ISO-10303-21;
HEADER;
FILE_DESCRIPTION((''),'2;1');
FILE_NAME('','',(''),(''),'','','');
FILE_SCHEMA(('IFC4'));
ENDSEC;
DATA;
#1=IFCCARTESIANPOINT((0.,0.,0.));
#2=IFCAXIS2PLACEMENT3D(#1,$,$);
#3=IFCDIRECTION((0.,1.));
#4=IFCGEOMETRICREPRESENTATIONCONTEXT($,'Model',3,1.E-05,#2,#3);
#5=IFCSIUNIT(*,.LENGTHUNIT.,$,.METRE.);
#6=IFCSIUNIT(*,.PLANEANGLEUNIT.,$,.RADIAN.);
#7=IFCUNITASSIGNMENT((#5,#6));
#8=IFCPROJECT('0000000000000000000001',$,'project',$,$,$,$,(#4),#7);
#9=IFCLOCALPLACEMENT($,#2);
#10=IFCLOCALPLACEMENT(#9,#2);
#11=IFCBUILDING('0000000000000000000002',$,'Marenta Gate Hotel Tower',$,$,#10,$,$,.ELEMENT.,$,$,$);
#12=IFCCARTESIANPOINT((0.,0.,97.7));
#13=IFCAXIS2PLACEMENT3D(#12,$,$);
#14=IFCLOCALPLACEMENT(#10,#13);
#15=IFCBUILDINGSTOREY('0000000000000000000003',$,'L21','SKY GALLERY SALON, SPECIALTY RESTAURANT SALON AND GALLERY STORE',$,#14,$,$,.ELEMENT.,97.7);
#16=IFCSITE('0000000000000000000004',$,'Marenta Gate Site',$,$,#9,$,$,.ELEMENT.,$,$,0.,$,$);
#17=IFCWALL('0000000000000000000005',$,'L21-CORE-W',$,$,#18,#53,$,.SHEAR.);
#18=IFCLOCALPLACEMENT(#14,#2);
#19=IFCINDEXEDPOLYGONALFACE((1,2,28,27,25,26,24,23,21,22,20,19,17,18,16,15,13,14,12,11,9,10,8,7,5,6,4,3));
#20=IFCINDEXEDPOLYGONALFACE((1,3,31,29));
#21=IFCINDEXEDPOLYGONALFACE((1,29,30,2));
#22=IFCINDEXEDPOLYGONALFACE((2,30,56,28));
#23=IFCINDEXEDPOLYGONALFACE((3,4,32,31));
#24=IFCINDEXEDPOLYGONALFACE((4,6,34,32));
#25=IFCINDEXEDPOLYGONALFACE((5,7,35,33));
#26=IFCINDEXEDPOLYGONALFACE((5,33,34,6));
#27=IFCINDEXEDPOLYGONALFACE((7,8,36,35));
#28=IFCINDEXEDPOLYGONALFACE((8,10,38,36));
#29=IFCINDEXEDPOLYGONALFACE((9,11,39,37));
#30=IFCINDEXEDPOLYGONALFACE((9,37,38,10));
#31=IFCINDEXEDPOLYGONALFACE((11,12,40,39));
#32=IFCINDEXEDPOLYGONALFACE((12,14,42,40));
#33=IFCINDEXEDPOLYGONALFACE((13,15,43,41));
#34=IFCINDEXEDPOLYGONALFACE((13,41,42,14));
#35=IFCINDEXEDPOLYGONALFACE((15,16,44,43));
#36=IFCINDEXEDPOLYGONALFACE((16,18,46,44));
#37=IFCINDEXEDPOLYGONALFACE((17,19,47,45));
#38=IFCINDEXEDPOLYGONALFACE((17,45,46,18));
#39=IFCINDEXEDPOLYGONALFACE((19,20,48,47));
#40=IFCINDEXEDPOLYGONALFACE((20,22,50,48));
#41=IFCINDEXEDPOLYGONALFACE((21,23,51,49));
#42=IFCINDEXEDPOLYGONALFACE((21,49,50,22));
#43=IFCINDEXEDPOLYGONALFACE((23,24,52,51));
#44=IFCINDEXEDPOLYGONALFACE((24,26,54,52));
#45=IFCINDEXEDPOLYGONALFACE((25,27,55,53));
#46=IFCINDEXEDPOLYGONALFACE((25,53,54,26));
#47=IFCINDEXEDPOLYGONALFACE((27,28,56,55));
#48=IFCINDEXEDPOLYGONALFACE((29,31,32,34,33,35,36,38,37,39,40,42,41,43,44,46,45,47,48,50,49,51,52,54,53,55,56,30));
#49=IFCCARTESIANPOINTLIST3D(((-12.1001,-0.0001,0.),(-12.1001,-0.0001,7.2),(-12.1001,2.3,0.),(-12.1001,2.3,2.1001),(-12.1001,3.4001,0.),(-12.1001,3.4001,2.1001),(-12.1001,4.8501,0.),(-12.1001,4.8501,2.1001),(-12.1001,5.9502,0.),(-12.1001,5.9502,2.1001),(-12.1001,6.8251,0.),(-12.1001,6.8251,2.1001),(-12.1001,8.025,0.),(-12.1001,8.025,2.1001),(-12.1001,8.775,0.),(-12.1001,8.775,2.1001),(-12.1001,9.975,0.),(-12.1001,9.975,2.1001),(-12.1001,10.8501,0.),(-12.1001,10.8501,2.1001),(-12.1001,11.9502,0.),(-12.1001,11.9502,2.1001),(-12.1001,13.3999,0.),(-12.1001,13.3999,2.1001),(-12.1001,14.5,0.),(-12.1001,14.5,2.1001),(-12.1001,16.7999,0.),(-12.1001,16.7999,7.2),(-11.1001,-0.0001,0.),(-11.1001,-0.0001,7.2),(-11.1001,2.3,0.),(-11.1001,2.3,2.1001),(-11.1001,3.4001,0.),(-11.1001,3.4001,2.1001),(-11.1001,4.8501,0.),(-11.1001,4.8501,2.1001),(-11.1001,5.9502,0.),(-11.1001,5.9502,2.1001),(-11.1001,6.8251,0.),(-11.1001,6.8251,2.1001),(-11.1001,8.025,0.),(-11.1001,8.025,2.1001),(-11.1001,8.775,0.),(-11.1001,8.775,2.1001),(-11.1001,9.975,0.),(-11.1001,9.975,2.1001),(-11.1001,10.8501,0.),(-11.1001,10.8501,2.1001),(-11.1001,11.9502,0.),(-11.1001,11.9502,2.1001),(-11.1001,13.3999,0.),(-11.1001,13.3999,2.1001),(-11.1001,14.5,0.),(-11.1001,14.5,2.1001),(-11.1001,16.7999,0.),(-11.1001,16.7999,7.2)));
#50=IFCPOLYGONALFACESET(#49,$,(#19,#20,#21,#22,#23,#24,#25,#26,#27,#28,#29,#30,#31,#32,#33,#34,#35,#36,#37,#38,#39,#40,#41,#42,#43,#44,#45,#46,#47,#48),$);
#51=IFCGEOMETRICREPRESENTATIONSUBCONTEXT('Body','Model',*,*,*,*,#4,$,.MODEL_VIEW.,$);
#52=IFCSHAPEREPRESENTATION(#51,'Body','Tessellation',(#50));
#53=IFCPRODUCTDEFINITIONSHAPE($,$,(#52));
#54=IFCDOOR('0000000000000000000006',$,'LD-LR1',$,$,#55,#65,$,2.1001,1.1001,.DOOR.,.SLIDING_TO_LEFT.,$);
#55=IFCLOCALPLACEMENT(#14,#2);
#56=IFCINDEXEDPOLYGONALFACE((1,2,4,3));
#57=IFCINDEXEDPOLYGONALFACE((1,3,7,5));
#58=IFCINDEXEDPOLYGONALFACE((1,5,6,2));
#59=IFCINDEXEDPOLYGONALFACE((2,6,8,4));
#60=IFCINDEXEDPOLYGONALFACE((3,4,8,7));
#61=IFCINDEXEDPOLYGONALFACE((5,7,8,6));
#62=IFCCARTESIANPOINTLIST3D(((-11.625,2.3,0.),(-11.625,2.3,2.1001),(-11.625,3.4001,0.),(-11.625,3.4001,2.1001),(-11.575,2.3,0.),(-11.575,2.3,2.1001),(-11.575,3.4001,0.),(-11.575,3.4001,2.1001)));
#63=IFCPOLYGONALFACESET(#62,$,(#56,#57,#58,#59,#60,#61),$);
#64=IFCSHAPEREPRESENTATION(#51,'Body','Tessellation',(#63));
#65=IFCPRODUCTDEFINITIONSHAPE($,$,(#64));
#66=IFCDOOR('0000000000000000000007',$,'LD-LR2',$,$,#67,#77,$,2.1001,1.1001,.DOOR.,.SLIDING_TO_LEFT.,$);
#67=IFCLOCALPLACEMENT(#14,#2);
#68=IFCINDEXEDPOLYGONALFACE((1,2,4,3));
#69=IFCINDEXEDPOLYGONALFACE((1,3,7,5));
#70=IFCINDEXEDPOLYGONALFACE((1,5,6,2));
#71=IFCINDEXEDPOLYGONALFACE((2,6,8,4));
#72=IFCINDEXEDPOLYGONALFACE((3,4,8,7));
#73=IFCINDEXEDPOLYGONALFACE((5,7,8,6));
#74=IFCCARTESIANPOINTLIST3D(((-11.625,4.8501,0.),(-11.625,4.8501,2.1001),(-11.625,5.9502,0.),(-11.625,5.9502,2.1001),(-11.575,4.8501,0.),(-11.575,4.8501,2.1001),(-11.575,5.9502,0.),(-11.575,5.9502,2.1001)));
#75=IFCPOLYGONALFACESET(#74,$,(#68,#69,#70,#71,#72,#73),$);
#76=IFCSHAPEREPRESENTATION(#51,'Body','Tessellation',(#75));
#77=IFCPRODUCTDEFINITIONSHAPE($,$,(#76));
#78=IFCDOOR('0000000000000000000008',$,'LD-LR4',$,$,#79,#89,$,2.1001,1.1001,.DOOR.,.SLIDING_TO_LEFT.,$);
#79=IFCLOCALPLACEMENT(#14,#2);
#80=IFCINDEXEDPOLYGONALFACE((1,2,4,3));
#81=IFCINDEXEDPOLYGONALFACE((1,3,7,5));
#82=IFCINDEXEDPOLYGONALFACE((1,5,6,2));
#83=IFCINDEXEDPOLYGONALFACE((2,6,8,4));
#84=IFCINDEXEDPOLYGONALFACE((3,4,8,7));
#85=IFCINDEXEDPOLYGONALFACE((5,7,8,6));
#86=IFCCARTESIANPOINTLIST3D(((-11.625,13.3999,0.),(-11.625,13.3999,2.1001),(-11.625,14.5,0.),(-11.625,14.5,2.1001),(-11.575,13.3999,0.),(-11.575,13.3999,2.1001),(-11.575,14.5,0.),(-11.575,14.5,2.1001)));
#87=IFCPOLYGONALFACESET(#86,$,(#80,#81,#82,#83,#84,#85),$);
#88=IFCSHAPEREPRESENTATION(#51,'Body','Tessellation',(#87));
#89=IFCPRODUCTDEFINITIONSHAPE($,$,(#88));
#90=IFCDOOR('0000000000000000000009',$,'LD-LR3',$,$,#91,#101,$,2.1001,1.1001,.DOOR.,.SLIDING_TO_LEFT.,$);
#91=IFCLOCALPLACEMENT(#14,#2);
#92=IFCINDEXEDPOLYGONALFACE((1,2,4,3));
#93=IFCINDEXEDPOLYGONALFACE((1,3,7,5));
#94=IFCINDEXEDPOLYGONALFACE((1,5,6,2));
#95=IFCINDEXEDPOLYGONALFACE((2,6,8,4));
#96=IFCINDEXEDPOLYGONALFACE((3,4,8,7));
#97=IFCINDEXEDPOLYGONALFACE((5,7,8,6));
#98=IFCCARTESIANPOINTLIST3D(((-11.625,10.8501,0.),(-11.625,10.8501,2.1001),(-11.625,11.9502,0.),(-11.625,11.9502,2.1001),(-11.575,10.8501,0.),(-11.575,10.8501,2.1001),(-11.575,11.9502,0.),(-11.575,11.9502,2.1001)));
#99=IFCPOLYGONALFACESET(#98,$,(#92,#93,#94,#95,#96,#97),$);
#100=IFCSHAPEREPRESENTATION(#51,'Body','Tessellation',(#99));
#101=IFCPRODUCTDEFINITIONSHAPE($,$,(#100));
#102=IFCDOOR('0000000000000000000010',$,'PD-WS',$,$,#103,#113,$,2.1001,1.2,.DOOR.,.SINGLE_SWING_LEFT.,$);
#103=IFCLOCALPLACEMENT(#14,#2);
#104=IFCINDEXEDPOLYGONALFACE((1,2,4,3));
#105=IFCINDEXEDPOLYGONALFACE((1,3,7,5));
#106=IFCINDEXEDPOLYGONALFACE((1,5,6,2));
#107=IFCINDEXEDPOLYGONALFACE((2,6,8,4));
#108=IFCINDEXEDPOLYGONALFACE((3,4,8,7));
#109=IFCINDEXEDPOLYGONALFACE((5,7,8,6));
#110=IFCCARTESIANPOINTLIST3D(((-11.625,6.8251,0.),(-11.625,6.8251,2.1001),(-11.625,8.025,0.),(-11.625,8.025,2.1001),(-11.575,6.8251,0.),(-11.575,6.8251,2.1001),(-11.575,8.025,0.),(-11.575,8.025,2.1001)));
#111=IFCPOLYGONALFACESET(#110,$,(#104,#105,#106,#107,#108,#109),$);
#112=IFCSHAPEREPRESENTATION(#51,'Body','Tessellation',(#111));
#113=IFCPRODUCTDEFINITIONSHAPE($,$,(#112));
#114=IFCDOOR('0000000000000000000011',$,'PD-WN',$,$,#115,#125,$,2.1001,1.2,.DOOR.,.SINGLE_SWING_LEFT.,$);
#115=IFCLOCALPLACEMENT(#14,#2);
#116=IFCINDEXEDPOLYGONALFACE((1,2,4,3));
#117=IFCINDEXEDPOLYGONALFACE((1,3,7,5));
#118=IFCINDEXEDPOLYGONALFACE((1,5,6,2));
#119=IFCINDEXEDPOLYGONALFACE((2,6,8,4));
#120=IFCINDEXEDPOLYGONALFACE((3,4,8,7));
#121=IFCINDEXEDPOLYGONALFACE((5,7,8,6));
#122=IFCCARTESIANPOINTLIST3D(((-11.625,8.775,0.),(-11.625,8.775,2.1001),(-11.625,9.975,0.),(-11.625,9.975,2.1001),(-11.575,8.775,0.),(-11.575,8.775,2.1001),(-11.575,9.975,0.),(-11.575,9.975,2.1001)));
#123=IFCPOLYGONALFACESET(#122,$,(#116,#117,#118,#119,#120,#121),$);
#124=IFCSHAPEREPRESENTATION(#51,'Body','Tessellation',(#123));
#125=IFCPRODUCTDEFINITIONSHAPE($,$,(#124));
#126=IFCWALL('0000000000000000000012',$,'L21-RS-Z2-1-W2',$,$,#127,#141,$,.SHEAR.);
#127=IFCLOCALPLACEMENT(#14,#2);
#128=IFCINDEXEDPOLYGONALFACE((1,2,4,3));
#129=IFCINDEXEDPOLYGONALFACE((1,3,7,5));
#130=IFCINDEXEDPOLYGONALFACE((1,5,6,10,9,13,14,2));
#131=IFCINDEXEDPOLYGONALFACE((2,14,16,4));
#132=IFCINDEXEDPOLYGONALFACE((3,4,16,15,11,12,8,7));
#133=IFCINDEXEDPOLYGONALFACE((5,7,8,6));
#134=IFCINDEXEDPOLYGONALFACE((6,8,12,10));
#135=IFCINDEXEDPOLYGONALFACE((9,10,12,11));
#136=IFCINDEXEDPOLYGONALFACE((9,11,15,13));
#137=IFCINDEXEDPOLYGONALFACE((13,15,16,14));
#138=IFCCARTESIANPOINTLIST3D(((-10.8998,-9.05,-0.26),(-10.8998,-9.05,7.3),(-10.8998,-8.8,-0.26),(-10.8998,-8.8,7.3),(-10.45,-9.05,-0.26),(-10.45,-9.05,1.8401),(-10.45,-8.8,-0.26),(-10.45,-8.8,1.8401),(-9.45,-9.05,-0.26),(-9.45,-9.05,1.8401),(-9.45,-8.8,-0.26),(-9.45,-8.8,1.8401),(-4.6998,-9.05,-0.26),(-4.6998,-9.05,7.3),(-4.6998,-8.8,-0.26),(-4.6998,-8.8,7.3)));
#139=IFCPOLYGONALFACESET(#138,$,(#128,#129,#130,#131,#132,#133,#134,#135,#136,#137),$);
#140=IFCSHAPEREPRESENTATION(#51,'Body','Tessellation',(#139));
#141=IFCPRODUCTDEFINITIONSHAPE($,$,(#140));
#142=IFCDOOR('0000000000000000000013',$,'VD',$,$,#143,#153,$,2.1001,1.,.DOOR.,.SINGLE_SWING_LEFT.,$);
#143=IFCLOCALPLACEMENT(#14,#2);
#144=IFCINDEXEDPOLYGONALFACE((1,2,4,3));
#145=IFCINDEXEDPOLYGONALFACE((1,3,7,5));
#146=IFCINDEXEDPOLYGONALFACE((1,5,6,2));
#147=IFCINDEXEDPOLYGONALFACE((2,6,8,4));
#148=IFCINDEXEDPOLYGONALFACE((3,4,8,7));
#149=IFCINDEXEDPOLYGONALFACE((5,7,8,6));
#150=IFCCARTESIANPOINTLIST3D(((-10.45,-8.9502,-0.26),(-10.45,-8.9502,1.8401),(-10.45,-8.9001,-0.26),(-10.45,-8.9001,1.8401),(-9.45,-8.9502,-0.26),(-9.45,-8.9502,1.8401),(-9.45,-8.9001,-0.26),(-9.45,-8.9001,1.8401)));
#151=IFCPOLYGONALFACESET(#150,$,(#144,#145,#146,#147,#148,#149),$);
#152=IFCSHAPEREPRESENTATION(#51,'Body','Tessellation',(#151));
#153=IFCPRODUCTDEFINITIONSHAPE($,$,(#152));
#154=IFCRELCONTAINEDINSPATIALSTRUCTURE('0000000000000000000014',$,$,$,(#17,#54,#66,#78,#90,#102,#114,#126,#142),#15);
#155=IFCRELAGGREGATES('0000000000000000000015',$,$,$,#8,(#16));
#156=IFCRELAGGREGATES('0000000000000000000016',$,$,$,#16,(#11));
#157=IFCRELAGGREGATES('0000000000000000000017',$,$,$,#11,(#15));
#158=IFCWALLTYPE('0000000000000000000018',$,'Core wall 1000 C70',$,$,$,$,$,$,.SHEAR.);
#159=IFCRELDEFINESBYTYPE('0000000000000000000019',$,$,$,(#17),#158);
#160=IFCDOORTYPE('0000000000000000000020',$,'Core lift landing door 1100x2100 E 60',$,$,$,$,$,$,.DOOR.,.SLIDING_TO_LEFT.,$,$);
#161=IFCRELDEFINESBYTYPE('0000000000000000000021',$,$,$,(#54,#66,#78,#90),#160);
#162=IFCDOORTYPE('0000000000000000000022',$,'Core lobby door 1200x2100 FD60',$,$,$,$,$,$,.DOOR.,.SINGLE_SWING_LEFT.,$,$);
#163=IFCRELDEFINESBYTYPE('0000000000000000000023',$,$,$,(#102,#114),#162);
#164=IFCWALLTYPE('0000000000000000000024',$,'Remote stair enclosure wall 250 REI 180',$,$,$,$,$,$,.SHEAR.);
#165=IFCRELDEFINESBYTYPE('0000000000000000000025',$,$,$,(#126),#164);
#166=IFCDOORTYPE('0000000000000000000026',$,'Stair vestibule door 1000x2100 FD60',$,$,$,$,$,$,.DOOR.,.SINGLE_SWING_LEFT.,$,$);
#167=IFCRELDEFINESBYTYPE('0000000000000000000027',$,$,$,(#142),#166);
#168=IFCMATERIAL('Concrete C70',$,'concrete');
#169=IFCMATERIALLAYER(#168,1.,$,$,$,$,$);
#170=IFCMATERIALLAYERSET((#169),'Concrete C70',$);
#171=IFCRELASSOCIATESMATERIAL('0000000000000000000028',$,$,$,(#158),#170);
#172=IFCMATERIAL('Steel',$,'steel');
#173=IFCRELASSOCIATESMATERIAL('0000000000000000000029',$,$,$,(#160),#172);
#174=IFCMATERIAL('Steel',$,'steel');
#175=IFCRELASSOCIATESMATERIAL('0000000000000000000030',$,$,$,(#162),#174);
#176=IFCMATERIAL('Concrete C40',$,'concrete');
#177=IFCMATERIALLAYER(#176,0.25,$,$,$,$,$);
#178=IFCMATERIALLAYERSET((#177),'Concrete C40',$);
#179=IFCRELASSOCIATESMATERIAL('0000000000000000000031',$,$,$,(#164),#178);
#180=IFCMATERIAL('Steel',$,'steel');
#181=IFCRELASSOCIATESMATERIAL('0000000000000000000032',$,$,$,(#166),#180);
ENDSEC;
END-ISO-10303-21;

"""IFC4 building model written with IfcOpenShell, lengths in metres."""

from ifc_helpers import new_model, si_unit, direction, frame, frame_2d, origin, place, context, subcontext, project, spatial, rectangle, extrude, material, layer, layer_set, type_object, element, fill, save


model = new_model("IFC4")

# Units and contexts
model_context = context("Model", 3, precision=1e-05, world=origin(), true_north=direction((0.0, 1.0)))
body_context = subcontext(model_context, "Body", "Model", "MODEL_VIEW")
ifc_project = project(units=[si_unit("LENGTHUNIT", "METRE"), si_unit("PLANEANGLEUNIT", "RADIAN")], contexts=[model_context])

# Site, building, storey
site_placement = place(None, origin())
site = spatial("IfcSite", under=ifc_project, at=site_placement, Name="Marenta Gate Site", CompositionType="ELEMENT", RefElevation=0.0)
building_placement = place(site_placement, origin())
building = spatial("IfcBuilding", under=site, at=building_placement, Name="Marenta Gate Hotel Tower", CompositionType="ELEMENT")
storey_placement = place(building_placement, frame((0.0, 0.0, 97.7)))
storey = spatial("IfcBuildingStorey", under=building, at=storey_placement, Name="L21", Description="SKY GALLERY SALON, SPECIALTY RESTAURANT SALON AND GALLERY STORE", CompositionType="ELEMENT", Elevation=97.7)

# Wall, openings, doors
ifc_material_1 = material(Name="Concrete C70", Category="concrete")
ifc_layer_1 = layer(ifc_material_1, 1.0)
ifc_layer_set_1 = layer_set([ifc_layer_1], Name="Concrete C70")
wall_type_1 = type_object("IfcWallType", Name="Core wall 1000 C70", PredefinedType="SHEAR", material=ifc_layer_set_1)
wall_1_placement = place(storey_placement, frame((-11.6001, 0.0, 0.0), z_axis=(0.0, 0.0, 1.0), x_axis=(0.0, 1.0, 0.0)))
wall_1 = element("IfcWall", 1, at=wall_1_placement, inside=storey, type_object=wall_type_1, Name="L21-CORE-W", PredefinedType="SHEAR", context=body_context, shape_type="SweptSolid", body=[
    extrude(rectangle(XDim=16.8, YDim=1.0, at=frame_2d((8.3999, 0.0))), origin(), (0.0, 0.0, 1.0), 7.2),
])
opening_1_placement = place(wall_1_placement, frame((2.3, 0.0, 0.0)))
opening_1 = element("IfcOpeningElement", 2, at=opening_1_placement, cuts=wall_1, PredefinedType="OPENING", context=body_context, shape_type="SweptSolid", body=[
    extrude(rectangle(XDim=1.1001, YDim=2.1001, at=frame_2d((0.55, 1.05))), frame((0.0, 0.5, 0.0), z_axis=(0.0, -1.0, 0.0), x_axis=(1.0, 0.0, 0.0)), (0.0, 0.0, 1.0), 1.0),
])
opening_2_placement = place(wall_1_placement, frame((4.8501, 0.0, 0.0)))
opening_2 = element("IfcOpeningElement", 3, at=opening_2_placement, cuts=wall_1, PredefinedType="OPENING", context=body_context, shape_type="SweptSolid", body=[
    extrude(rectangle(XDim=1.1001, YDim=2.1001, at=frame_2d((0.55, 1.05))), frame((0.0, 0.5, 0.0), z_axis=(0.0, -1.0, 0.0), x_axis=(1.0, 0.0, 0.0)), (0.0, 0.0, 1.0), 1.0),
])
opening_3_placement = place(wall_1_placement, frame((6.825, 0.0, 0.0)))
opening_3 = element("IfcOpeningElement", 4, at=opening_3_placement, cuts=wall_1, PredefinedType="OPENING", context=body_context, shape_type="SweptSolid", body=[
    extrude(rectangle(XDim=1.2, YDim=2.1001, at=frame_2d((0.6001, 1.05))), frame((0.0, 0.5, 0.0), z_axis=(0.0, -1.0, 0.0), x_axis=(1.0, 0.0, 0.0)), (0.0, 0.0, 1.0), 1.0),
])
opening_4_placement = place(wall_1_placement, frame((13.3999, 0.0, 0.0)))
opening_4 = element("IfcOpeningElement", 5, at=opening_4_placement, cuts=wall_1, PredefinedType="OPENING", context=body_context, shape_type="SweptSolid", body=[
    extrude(rectangle(XDim=1.1001, YDim=2.1001, at=frame_2d((0.55, 1.05))), frame((0.0, 0.5, 0.0), z_axis=(0.0, -1.0, 0.0), x_axis=(1.0, 0.0, 0.0)), (0.0, 0.0, 1.0), 1.0),
])
opening_5_placement = place(wall_1_placement, frame((10.8501, 0.0, 0.0)))
opening_5 = element("IfcOpeningElement", 6, at=opening_5_placement, cuts=wall_1, PredefinedType="OPENING", context=body_context, shape_type="SweptSolid", body=[
    extrude(rectangle(XDim=1.1001, YDim=2.1001, at=frame_2d((0.55, 1.05))), frame((0.0, 0.5, 0.0), z_axis=(0.0, -1.0, 0.0), x_axis=(1.0, 0.0, 0.0)), (0.0, 0.0, 1.0), 1.0),
])
opening_6_placement = place(wall_1_placement, frame((8.7749, 0.0, 0.0)))
opening_6 = element("IfcOpeningElement", 7, at=opening_6_placement, cuts=wall_1, PredefinedType="OPENING", context=body_context, shape_type="SweptSolid", body=[
    extrude(rectangle(XDim=1.2, YDim=2.1001, at=frame_2d((0.6001, 1.05))), frame((0.0, 0.5, 0.0), z_axis=(0.0, -1.0, 0.0), x_axis=(1.0, 0.0, 0.0)), (0.0, 0.0, 1.0), 1.0),
])
ifc_material_2 = material(Name="Steel", Category="steel")
door_type_1 = type_object("IfcDoorType", Name="Core lift landing door 1100x2100 E 60", OperationType="SLIDING_TO_LEFT", PredefinedType="DOOR", material=ifc_material_2)
door_1_placement = place(opening_1_placement, origin())
door_1 = element("IfcDoor", 8, at=door_1_placement, inside=storey, type_object=door_type_1, Name="LD-LR1", OperationType="SLIDING_TO_LEFT", OverallHeight=2.1001, OverallWidth=1.1001, PredefinedType="DOOR", context=body_context, shape_type="SweptSolid", body=[
    extrude(rectangle(XDim=1.1001, YDim=2.1001, at=frame_2d((0.55, 1.05))), frame((0.0, 0.0249, 0.0), z_axis=(0.0, -1.0, 0.0), x_axis=(1.0, 0.0, 0.0)), (0.0, 0.0, 1.0), 0.05),
])
fill(opening_1, door_1)
door_2_placement = place(opening_2_placement, origin())
door_2 = element("IfcDoor", 9, at=door_2_placement, inside=storey, type_object=door_type_1, Name="LD-LR2", OperationType="SLIDING_TO_LEFT", OverallHeight=2.1001, OverallWidth=1.1001, PredefinedType="DOOR", context=body_context, shape_type="SweptSolid", body=[
    extrude(rectangle(XDim=1.1001, YDim=2.1001, at=frame_2d((0.55, 1.05))), frame((0.0, 0.0249, 0.0), z_axis=(0.0, -1.0, 0.0), x_axis=(1.0, 0.0, 0.0)), (0.0, 0.0, 1.0), 0.05),
])
fill(opening_2, door_2)
door_3_placement = place(opening_4_placement, origin())
door_3 = element("IfcDoor", 10, at=door_3_placement, inside=storey, type_object=door_type_1, Name="LD-LR4", OperationType="SLIDING_TO_LEFT", OverallHeight=2.1001, OverallWidth=1.1001, PredefinedType="DOOR", context=body_context, shape_type="SweptSolid", body=[
    extrude(rectangle(XDim=1.1001, YDim=2.1001, at=frame_2d((0.55, 1.05))), frame((0.0, 0.0249, 0.0), z_axis=(0.0, -1.0, 0.0), x_axis=(1.0, 0.0, 0.0)), (0.0, 0.0, 1.0), 0.05),
])
fill(opening_4, door_3)
door_4_placement = place(opening_5_placement, origin())
door_4 = element("IfcDoor", 11, at=door_4_placement, inside=storey, type_object=door_type_1, Name="LD-LR3", OperationType="SLIDING_TO_LEFT", OverallHeight=2.1001, OverallWidth=1.1001, PredefinedType="DOOR", context=body_context, shape_type="SweptSolid", body=[
    extrude(rectangle(XDim=1.1001, YDim=2.1001, at=frame_2d((0.55, 1.05))), frame((0.0, 0.0249, 0.0), z_axis=(0.0, -1.0, 0.0), x_axis=(1.0, 0.0, 0.0)), (0.0, 0.0, 1.0), 0.05),
])
fill(opening_5, door_4)
ifc_material_3 = material(Name="Steel", Category="steel")
door_type_2 = type_object("IfcDoorType", Name="Core lobby door 1200x2100 FD60", OperationType="SINGLE_SWING_LEFT", PredefinedType="DOOR", material=ifc_material_3)
door_5_placement = place(opening_3_placement, origin())
door_5 = element("IfcDoor", 12, at=door_5_placement, inside=storey, type_object=door_type_2, Name="PD-WS", OperationType="SINGLE_SWING_LEFT", OverallHeight=2.1001, OverallWidth=1.2, PredefinedType="DOOR", context=body_context, shape_type="SweptSolid", body=[
    extrude(rectangle(XDim=1.2, YDim=2.1001, at=frame_2d((0.6001, 1.05))), frame((0.0, 0.0249, 0.0), z_axis=(0.0, -1.0, 0.0), x_axis=(1.0, 0.0, 0.0)), (0.0, 0.0, 1.0), 0.05),
])
fill(opening_3, door_5)
door_6_placement = place(opening_6_placement, origin())
door_6 = element("IfcDoor", 13, at=door_6_placement, inside=storey, type_object=door_type_2, Name="PD-WN", OperationType="SINGLE_SWING_LEFT", OverallHeight=2.1001, OverallWidth=1.2, PredefinedType="DOOR", context=body_context, shape_type="SweptSolid", body=[
    extrude(rectangle(XDim=1.2, YDim=2.1001, at=frame_2d((0.6001, 1.05))), frame((0.0, 0.0249, 0.0), z_axis=(0.0, -1.0, 0.0), x_axis=(1.0, 0.0, 0.0)), (0.0, 0.0, 1.0), 0.05),
])
fill(opening_6, door_6)

# Wall, opening, door
ifc_material_4 = material(Name="Concrete C40", Category="concrete")
ifc_layer_2 = layer(ifc_material_4, 0.25)
ifc_layer_set_2 = layer_set([ifc_layer_2], Name="Concrete C40")
wall_type_2 = type_object("IfcWallType", Name="Remote stair enclosure wall 250 REI 180", PredefinedType="SHEAR", material=ifc_layer_set_2)
wall_2_placement = place(storey_placement, frame((-10.8999, -8.925, -0.26), z_axis=(0.0, 0.0, 1.0), x_axis=(1.0, 0.0, 0.0)))
wall_2 = element("IfcWall", 14, at=wall_2_placement, inside=storey, type_object=wall_type_2, Name="L21-RS-Z2-1-W2", PredefinedType="SHEAR", context=body_context, shape_type="SweptSolid", body=[
    extrude(rectangle(XDim=6.2, YDim=0.25, at=frame_2d((3.1001, 0.0))), origin(), (0.0, 0.0, 1.0), 7.5601),
])
opening_7_placement = place(wall_2_placement, frame((0.45, 0.0, 0.0)))
opening_7 = element("IfcOpeningElement", 15, at=opening_7_placement, cuts=wall_2, PredefinedType="OPENING", context=body_context, shape_type="SweptSolid", body=[
    extrude(rectangle(XDim=1.0, YDim=2.1001, at=frame_2d((0.5, 1.05))), frame((0.0, 0.125, 0.0), z_axis=(0.0, -1.0, 0.0), x_axis=(1.0, 0.0, 0.0)), (0.0, 0.0, 1.0), 0.25),
])
ifc_material_5 = material(Name="Steel", Category="steel")
door_type_3 = type_object("IfcDoorType", Name="Stair vestibule door 1000x2100 FD60", OperationType="SINGLE_SWING_LEFT", PredefinedType="DOOR", material=ifc_material_5)
door_7_placement = place(opening_7_placement, origin())
door_7 = element("IfcDoor", 16, at=door_7_placement, inside=storey, type_object=door_type_3, Name="VD", OperationType="SINGLE_SWING_LEFT", OverallHeight=2.1001, OverallWidth=1.0, PredefinedType="DOOR", context=body_context, shape_type="SweptSolid", body=[
    extrude(rectangle(XDim=1.0, YDim=2.1001, at=frame_2d((0.5, 1.05))), frame((0.0, 0.0249, 0.0), z_axis=(0.0, -1.0, 0.0), x_axis=(1.0, 0.0, 0.0)), (0.0, 0.0, 1.0), 0.05),
])
fill(opening_7, door_7)

save(model, "model.ifc")
